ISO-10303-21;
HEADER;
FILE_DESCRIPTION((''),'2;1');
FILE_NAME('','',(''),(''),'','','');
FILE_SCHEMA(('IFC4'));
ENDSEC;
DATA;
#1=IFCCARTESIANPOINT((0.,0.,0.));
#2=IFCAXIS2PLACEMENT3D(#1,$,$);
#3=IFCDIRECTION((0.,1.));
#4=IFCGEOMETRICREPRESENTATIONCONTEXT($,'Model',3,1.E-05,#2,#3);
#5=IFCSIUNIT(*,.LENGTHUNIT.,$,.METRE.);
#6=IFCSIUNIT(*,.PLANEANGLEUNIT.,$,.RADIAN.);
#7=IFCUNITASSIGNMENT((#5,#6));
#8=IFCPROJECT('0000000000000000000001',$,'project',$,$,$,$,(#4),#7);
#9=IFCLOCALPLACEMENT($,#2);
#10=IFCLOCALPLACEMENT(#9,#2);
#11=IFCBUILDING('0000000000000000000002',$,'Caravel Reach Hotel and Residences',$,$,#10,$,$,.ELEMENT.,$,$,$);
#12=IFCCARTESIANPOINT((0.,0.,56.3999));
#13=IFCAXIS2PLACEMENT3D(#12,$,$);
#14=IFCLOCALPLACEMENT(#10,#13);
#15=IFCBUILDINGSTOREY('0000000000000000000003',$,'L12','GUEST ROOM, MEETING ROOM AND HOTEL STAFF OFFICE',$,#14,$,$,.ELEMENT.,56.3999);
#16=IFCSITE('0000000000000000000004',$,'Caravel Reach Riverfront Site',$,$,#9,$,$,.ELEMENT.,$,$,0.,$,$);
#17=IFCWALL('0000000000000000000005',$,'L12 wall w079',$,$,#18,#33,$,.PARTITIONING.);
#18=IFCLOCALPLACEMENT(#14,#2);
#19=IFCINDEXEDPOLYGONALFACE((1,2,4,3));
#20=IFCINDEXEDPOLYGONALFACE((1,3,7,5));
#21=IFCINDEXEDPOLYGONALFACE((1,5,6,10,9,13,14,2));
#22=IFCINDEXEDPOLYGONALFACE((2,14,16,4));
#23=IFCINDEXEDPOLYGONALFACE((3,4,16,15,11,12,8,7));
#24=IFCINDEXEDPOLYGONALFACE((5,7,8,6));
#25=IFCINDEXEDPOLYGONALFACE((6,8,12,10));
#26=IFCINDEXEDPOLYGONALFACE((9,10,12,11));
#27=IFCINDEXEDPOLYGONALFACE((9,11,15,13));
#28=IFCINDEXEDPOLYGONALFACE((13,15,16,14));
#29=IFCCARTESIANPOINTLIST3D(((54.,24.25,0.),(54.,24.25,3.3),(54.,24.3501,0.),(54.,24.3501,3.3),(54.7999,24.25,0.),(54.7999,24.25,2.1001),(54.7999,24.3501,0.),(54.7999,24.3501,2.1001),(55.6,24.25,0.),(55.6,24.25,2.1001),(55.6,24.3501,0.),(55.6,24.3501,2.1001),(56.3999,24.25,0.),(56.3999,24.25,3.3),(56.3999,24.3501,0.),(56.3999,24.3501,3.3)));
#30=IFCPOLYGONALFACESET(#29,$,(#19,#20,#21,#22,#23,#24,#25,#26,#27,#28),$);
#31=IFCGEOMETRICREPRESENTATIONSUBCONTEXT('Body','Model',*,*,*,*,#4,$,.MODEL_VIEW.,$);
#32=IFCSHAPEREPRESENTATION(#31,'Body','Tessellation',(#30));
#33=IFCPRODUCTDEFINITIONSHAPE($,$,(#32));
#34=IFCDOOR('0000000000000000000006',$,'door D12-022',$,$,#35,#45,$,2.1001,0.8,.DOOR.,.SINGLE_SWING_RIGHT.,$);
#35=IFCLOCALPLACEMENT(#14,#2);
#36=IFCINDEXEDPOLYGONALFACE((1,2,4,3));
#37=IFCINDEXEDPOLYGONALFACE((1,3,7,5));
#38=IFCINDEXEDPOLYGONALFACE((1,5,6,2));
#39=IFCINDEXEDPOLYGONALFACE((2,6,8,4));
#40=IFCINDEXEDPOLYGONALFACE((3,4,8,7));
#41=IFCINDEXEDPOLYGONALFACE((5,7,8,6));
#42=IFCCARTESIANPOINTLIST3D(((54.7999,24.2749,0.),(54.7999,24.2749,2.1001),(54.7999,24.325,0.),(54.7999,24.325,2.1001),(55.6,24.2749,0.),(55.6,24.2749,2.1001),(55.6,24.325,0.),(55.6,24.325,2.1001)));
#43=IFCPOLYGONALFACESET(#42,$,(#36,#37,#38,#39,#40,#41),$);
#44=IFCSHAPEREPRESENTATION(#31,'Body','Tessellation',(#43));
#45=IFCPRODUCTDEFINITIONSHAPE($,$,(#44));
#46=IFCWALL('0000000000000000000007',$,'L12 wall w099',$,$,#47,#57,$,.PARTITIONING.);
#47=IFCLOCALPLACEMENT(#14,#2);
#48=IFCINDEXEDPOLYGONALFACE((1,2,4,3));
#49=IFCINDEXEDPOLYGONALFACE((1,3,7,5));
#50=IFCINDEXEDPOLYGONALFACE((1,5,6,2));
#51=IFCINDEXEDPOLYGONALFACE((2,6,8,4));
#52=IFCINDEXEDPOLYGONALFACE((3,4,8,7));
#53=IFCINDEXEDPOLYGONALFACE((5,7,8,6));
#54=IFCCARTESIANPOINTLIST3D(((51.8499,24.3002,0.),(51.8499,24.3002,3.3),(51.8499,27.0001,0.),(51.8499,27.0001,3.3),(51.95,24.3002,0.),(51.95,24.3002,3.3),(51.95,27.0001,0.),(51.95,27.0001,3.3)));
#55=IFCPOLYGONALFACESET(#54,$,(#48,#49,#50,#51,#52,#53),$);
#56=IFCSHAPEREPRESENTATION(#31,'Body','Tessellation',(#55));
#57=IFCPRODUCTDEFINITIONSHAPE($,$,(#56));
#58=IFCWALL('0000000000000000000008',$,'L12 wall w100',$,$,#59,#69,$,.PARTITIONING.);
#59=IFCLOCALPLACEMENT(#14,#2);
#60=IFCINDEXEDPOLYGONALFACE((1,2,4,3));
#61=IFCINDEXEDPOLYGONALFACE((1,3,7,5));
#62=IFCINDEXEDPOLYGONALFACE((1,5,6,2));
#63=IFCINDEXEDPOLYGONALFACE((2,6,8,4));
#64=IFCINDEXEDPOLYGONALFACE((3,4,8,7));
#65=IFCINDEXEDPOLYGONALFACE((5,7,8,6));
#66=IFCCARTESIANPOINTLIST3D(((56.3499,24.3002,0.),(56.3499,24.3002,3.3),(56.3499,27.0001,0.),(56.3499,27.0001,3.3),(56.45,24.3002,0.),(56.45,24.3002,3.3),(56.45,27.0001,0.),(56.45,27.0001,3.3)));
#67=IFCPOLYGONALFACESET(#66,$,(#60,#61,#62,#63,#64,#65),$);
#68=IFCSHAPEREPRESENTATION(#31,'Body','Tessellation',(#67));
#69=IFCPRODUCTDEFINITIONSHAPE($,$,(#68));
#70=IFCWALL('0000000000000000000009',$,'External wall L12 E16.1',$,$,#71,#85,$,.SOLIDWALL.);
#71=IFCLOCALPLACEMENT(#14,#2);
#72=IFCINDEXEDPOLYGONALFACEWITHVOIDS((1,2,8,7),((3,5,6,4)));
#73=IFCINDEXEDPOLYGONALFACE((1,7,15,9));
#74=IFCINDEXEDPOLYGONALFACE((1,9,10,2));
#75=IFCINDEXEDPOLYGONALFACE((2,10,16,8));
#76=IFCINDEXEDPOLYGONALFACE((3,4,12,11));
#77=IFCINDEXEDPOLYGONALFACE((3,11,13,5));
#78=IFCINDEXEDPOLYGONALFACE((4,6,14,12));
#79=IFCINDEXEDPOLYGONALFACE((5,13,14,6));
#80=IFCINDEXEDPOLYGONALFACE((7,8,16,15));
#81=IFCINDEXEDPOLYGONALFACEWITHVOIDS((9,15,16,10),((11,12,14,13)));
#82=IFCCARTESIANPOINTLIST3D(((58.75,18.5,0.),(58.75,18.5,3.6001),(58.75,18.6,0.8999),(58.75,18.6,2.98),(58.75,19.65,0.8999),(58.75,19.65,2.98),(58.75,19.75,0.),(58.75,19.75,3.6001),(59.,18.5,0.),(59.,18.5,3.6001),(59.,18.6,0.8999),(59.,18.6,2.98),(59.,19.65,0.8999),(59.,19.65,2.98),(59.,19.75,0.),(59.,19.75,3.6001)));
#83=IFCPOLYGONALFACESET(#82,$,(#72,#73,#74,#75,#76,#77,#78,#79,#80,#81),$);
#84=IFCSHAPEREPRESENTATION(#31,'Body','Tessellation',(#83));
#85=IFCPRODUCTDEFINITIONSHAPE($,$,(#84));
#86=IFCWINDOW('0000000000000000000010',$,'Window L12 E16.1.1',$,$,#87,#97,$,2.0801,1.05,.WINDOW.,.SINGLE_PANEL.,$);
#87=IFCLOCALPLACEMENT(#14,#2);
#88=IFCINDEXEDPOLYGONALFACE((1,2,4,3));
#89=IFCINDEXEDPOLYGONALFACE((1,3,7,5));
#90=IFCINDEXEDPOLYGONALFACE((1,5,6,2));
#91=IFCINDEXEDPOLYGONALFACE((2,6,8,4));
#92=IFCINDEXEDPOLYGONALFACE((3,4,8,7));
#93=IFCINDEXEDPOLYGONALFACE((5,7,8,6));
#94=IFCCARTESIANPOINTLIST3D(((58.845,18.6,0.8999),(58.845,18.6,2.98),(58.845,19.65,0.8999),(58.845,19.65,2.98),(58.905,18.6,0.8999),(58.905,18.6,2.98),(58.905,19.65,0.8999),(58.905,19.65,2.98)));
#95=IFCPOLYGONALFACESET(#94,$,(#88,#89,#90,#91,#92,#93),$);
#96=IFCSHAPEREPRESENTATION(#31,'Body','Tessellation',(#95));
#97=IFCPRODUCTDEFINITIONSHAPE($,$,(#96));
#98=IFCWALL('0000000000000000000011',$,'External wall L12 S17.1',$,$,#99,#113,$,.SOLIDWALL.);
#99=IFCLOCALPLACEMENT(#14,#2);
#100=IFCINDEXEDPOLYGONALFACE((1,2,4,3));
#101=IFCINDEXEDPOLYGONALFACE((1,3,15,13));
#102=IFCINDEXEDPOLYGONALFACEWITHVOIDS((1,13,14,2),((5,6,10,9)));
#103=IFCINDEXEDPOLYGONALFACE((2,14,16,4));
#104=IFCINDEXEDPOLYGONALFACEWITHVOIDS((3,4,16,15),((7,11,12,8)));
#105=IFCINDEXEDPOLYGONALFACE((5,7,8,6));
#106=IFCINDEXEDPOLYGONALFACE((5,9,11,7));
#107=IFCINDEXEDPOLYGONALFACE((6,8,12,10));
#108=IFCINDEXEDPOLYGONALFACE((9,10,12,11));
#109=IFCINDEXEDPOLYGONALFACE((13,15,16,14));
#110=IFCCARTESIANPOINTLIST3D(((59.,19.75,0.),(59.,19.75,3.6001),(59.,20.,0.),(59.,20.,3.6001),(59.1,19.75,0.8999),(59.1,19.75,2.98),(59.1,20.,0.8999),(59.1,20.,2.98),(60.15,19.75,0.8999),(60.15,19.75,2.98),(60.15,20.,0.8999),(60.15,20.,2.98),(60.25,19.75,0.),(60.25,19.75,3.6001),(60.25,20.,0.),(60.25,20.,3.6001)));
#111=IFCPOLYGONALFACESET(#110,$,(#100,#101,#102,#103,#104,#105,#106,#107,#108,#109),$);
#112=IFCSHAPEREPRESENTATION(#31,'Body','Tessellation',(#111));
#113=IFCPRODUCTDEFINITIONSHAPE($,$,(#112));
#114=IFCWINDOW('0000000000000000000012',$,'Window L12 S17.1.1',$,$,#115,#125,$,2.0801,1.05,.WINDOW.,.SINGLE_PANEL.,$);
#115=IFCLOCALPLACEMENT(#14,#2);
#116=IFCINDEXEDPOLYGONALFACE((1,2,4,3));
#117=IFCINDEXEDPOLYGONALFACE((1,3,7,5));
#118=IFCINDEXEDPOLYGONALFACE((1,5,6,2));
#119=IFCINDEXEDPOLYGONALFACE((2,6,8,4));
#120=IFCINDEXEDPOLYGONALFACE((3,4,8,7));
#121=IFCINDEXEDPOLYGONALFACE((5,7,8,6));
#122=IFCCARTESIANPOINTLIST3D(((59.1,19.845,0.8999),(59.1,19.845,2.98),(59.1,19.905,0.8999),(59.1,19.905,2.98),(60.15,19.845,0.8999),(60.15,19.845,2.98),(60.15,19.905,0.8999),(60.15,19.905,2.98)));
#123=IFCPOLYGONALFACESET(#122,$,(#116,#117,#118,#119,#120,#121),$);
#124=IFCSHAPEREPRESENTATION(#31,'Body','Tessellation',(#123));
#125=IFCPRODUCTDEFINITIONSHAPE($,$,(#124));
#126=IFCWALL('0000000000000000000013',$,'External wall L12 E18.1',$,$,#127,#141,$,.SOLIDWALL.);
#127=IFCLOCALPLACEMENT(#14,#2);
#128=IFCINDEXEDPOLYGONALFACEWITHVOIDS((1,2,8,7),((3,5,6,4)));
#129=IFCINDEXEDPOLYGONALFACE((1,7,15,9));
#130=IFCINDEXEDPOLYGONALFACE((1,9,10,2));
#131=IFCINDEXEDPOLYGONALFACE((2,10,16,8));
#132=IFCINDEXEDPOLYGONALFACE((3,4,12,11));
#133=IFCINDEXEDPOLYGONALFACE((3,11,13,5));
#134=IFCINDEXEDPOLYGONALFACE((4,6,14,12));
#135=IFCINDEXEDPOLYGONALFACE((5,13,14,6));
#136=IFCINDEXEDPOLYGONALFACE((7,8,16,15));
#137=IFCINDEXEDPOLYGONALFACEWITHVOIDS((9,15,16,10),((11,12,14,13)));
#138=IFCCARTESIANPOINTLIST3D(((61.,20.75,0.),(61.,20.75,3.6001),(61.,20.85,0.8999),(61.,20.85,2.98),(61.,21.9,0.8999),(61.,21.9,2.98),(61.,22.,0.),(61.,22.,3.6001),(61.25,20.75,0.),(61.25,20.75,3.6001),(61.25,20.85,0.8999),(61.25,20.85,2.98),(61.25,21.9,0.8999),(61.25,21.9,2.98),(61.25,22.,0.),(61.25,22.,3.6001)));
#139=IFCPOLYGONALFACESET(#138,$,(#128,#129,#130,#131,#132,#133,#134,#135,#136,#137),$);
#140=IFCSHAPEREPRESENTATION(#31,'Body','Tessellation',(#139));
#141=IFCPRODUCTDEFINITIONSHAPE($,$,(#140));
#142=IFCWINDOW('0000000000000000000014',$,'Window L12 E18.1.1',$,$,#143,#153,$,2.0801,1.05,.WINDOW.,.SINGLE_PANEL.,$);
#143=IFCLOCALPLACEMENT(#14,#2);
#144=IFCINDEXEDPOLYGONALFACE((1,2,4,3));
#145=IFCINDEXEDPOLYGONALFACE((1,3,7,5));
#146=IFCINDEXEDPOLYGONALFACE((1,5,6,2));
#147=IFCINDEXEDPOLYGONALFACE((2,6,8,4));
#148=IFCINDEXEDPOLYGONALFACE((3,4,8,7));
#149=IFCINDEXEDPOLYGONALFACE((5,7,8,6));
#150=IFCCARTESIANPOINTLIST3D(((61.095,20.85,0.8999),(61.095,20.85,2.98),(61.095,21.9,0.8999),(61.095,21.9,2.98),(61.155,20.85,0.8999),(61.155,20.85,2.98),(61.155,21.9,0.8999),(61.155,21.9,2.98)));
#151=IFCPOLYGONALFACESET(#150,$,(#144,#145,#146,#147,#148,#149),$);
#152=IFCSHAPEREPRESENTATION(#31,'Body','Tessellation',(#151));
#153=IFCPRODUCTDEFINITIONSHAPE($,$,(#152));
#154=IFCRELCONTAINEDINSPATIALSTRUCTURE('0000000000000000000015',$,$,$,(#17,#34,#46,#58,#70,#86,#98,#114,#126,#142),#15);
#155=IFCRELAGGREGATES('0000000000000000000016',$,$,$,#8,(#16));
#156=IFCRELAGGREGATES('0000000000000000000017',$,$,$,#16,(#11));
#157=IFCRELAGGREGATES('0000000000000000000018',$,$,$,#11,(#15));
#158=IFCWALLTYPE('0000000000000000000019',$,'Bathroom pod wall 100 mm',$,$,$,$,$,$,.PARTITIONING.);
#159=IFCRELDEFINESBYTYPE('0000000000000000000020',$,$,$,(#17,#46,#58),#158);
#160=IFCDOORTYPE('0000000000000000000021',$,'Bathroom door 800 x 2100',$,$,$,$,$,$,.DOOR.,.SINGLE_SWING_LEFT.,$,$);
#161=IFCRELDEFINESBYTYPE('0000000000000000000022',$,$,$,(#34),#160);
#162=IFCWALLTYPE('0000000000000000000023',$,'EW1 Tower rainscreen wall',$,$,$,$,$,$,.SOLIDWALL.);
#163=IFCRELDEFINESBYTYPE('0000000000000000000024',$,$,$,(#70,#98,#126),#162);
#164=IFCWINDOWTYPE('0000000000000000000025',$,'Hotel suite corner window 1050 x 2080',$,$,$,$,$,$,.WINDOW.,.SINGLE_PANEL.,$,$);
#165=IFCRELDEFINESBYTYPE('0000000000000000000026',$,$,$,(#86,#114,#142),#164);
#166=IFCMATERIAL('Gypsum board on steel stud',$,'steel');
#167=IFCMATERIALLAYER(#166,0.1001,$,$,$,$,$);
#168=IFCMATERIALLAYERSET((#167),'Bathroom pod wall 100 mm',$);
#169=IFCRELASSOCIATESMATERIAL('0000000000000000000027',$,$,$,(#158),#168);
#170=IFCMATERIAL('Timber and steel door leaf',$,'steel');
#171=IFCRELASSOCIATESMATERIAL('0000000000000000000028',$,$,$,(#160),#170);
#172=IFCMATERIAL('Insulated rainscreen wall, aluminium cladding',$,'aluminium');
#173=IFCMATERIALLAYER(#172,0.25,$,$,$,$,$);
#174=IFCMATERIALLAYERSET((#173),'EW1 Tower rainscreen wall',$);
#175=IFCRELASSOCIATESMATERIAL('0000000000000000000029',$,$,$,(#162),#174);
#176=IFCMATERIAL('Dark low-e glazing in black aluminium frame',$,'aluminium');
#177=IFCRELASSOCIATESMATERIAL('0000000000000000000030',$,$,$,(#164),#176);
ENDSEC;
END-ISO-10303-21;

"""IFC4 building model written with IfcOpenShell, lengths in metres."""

from ifc_helpers import new_model, si_unit, direction, frame, frame_2d, origin, place, context, subcontext, project, spatial, rectangle, extrude, material, layer, layer_set, type_object, element, fill, save


model = new_model("IFC4")

# Units and contexts
model_context = context("Model", 3, precision=1e-05, world=origin(), true_north=direction((0.0, 1.0)))
body_context = subcontext(model_context, "Body", "Model", "MODEL_VIEW")
ifc_project = project(units=[si_unit("LENGTHUNIT", "METRE"), si_unit("PLANEANGLEUNIT", "RADIAN")], contexts=[model_context])

# Site, building, storey
site_placement = place(None, origin())
site = spatial("IfcSite", under=ifc_project, at=site_placement, Name="Caravel Reach Riverfront Site", CompositionType="ELEMENT", RefElevation=0.0)
building_placement = place(site_placement, origin())
building = spatial("IfcBuilding", under=site, at=building_placement, Name="Caravel Reach Hotel and Residences", CompositionType="ELEMENT")
storey_placement = place(building_placement, frame((0.0, 0.0, 56.3999)))
storey = spatial("IfcBuildingStorey", under=building, at=storey_placement, Name="L12", Description="GUEST ROOM, MEETING ROOM AND HOTEL STAFF OFFICE", CompositionType="ELEMENT", Elevation=56.3999)

# Wall, opening, door
ifc_material_1 = material(Name="Gypsum board on steel stud", Category="steel")
ifc_layer_1 = layer(ifc_material_1, 0.1001)
ifc_layer_set_1 = layer_set([ifc_layer_1], Name="Bathroom pod wall 100 mm")
wall_type_1 = type_object("IfcWallType", Name="Bathroom pod wall 100 mm", PredefinedType="PARTITIONING", material=ifc_layer_set_1)
wall_1_placement = place(storey_placement, frame((54.0, 24.3, 0.0), z_axis=(0.0, 0.0, 1.0), x_axis=(1.0, 0.0, 0.0)))
wall_1 = element("IfcWall", 1, at=wall_1_placement, inside=storey, type_object=wall_type_1, Name="L12 wall w079", PredefinedType="PARTITIONING", context=body_context, shape_type="SweptSolid", body=[
    extrude(rectangle(XDim=2.3999, YDim=0.1001, at=frame_2d((1.2, 0.0))), origin(), (0.0, 0.0, 1.0), 3.3),
])
opening_1_placement = place(wall_1_placement, frame((0.8, 0.0, 0.0)))
opening_1 = element("IfcOpeningElement", 2, at=opening_1_placement, cuts=wall_1, PredefinedType="OPENING", context=body_context, shape_type="SweptSolid", body=[
    extrude(rectangle(XDim=0.8, YDim=2.1001, at=frame_2d((0.3999, 1.05))), frame((0.0, 0.0601, 0.0), z_axis=(0.0, -1.0, 0.0), x_axis=(1.0, 0.0, 0.0)), (0.0, 0.0, 1.0), 0.1201),
])
ifc_material_2 = material(Name="Timber and steel door leaf", Category="steel")
door_type = type_object("IfcDoorType", Name="Bathroom door 800 x 2100", OperationType="SINGLE_SWING_LEFT", PredefinedType="DOOR", material=ifc_material_2)
door_placement = place(opening_1_placement, origin())
door = element("IfcDoor", 3, at=door_placement, inside=storey, type_object=door_type, Name="door D12-022", OperationType="SINGLE_SWING_RIGHT", OverallHeight=2.1001, OverallWidth=0.8, PredefinedType="DOOR", context=body_context, shape_type="SweptSolid", body=[
    extrude(rectangle(XDim=0.8, YDim=2.1001, at=frame_2d((0.3999, 1.05))), frame((0.0, 0.0249, 0.0), z_axis=(0.0, -1.0, 0.0), x_axis=(1.0, 0.0, 0.0)), (0.0, 0.0, 1.0), 0.05),
])
fill(opening_1, door)

# Walls
for number, where, z_axis, x_axis, name in (
    (4, (51.8999, 24.3, 0.0), (0.0, 0.0, 1.0), (0.0, 1.0, 0.0), "L12 wall w099"),
    (5, (56.3999, 24.3, 0.0), (0.0, 0.0, 1.0), (0.0, 1.0, 0.0), "L12 wall w100"),
):
    element("IfcWall", number, at=place(storey_placement, frame(where, z_axis=z_axis, x_axis=x_axis)), inside=storey, type_object=wall_type_1, Name=name, PredefinedType="PARTITIONING", context=body_context, shape_type="SweptSolid", body=[
        extrude(rectangle(XDim=2.7, YDim=0.1001, at=frame_2d((1.3501, 0.0))), origin(), (0.0, 0.0, 1.0), 3.3),
    ])

# Walls, openings, windows
ifc_material_3 = material(Name="Insulated rainscreen wall, aluminium cladding", Category="aluminium")
ifc_layer_2 = layer(ifc_material_3, 0.25)
ifc_layer_set_2 = layer_set([ifc_layer_2], Name="EW1 Tower rainscreen wall")
wall_type_2 = type_object("IfcWallType", Name="EW1 Tower rainscreen wall", PredefinedType="SOLIDWALL", material=ifc_layer_set_2)
wall_2_placement = place(storey_placement, frame((58.875, 18.5, 0.0), z_axis=(0.0, 0.0, 1.0), x_axis=(0.0, 1.0, 0.0)))
wall_2 = element("IfcWall", 6, at=wall_2_placement, inside=storey, type_object=wall_type_2, Name="External wall L12 E16.1", PredefinedType="SOLIDWALL", context=body_context, shape_type="SweptSolid", body=[
    extrude(rectangle(XDim=1.25, YDim=0.25, at=frame_2d((0.625, 0.0))), origin(), (0.0, 0.0, 1.0), 3.6001),
])
opening_2_placement = place(wall_2_placement, frame((0.1001, 0.0, 0.8999)))
opening_2 = element("IfcOpeningElement", 7, at=opening_2_placement, cuts=wall_2, PredefinedType="OPENING", context=body_context, shape_type="SweptSolid", body=[
    extrude(rectangle(XDim=1.05, YDim=2.0801, at=frame_2d((0.5249, 1.04))), frame((0.0, 0.135, 0.0), z_axis=(0.0, -1.0, 0.0), x_axis=(1.0, 0.0, 0.0)), (0.0, 0.0, 1.0), 0.27),
])
ifc_material_4 = material(Name="Dark low-e glazing in black aluminium frame", Category="aluminium")
window_type_1 = type_object("IfcWindowType", Name="Hotel suite corner window 1050 x 2080", PartitioningType="SINGLE_PANEL", PredefinedType="WINDOW", material=ifc_material_4)
window_1_placement = place(opening_2_placement, origin())
window_1 = element("IfcWindow", 8, at=window_1_placement, inside=storey, type_object=window_type_1, Name="Window L12 E16.1.1", OverallHeight=2.0801, OverallWidth=1.05, PartitioningType="SINGLE_PANEL", PredefinedType="WINDOW", context=body_context, shape_type="SweptSolid", body=[
    extrude(rectangle(XDim=1.05, YDim=2.0801, at=frame_2d((0.5249, 1.04))), frame((0.0, 0.03, 0.0), z_axis=(0.0, -1.0, 0.0), x_axis=(1.0, 0.0, 0.0)), (0.0, 0.0, 1.0), 0.0601),
])
fill(opening_2, window_1)
wall_3_placement = place(storey_placement, frame((59.0, 19.875, 0.0), z_axis=(0.0, 0.0, 1.0), x_axis=(1.0, 0.0, 0.0)))
wall_3 = element("IfcWall", 9, at=wall_3_placement, inside=storey, type_object=wall_type_2, Name="External wall L12 S17.1", PredefinedType="SOLIDWALL", context=body_context, shape_type="SweptSolid", body=[
    extrude(rectangle(XDim=1.25, YDim=0.25, at=frame_2d((0.625, 0.0))), origin(), (0.0, 0.0, 1.0), 3.6001),
])
opening_3_placement = place(wall_3_placement, frame((0.1001, 0.0, 0.8999)))
opening_3 = element("IfcOpeningElement", 10, at=opening_3_placement, cuts=wall_3, PredefinedType="OPENING", context=body_context, shape_type="SweptSolid", body=[
    extrude(rectangle(XDim=1.05, YDim=2.0801, at=frame_2d((0.5249, 1.04))), frame((0.0, 0.135, 0.0), z_axis=(0.0, -1.0, 0.0), x_axis=(1.0, 0.0, 0.0)), (0.0, 0.0, 1.0), 0.27),
])
window_2_placement = place(opening_3_placement, origin())
window_2 = element("IfcWindow", 11, at=window_2_placement, inside=storey, type_object=window_type_1, Name="Window L12 S17.1.1", OverallHeight=2.0801, OverallWidth=1.05, PartitioningType="SINGLE_PANEL", PredefinedType="WINDOW", context=body_context, shape_type="SweptSolid", body=[
    extrude(rectangle(XDim=1.05, YDim=2.0801, at=frame_2d((0.5249, 1.04))), frame((0.0, 0.03, 0.0), z_axis=(0.0, -1.0, 0.0), x_axis=(1.0, 0.0, 0.0)), (0.0, 0.0, 1.0), 0.0601),
])
fill(opening_3, window_2)
wall_4_placement = place(storey_placement, frame((61.125, 20.75, 0.0), z_axis=(0.0, 0.0, 1.0), x_axis=(0.0, 1.0, 0.0)))
wall_4 = element("IfcWall", 12, at=wall_4_placement, inside=storey, type_object=wall_type_2, Name="External wall L12 E18.1", PredefinedType="SOLIDWALL", context=body_context, shape_type="SweptSolid", body=[
    extrude(rectangle(XDim=1.25, YDim=0.25, at=frame_2d((0.625, 0.0))), origin(), (0.0, 0.0, 1.0), 3.6001),
])
opening_4_placement = place(wall_4_placement, frame((0.1001, 0.0, 0.8999)))
opening_4 = element("IfcOpeningElement", 13, at=opening_4_placement, cuts=wall_4, PredefinedType="OPENING", context=body_context, shape_type="SweptSolid", body=[
    extrude(rectangle(XDim=1.05, YDim=2.0801, at=frame_2d((0.5249, 1.04))), frame((0.0, 0.135, 0.0), z_axis=(0.0, -1.0, 0.0), x_axis=(1.0, 0.0, 0.0)), (0.0, 0.0, 1.0), 0.27),
])
window_3_placement = place(opening_4_placement, origin())
window_3 = element("IfcWindow", 14, at=window_3_placement, inside=storey, type_object=window_type_1, Name="Window L12 E18.1.1", OverallHeight=2.0801, OverallWidth=1.05, PartitioningType="SINGLE_PANEL", PredefinedType="WINDOW", context=body_context, shape_type="SweptSolid", body=[
    extrude(rectangle(XDim=1.05, YDim=2.0801, at=frame_2d((0.5249, 1.04))), frame((0.0, 0.03, 0.0), z_axis=(0.0, -1.0, 0.0), x_axis=(1.0, 0.0, 0.0)), (0.0, 0.0, 1.0), 0.0601),
])
fill(opening_4, window_3)

save(model, "model.ifc")
